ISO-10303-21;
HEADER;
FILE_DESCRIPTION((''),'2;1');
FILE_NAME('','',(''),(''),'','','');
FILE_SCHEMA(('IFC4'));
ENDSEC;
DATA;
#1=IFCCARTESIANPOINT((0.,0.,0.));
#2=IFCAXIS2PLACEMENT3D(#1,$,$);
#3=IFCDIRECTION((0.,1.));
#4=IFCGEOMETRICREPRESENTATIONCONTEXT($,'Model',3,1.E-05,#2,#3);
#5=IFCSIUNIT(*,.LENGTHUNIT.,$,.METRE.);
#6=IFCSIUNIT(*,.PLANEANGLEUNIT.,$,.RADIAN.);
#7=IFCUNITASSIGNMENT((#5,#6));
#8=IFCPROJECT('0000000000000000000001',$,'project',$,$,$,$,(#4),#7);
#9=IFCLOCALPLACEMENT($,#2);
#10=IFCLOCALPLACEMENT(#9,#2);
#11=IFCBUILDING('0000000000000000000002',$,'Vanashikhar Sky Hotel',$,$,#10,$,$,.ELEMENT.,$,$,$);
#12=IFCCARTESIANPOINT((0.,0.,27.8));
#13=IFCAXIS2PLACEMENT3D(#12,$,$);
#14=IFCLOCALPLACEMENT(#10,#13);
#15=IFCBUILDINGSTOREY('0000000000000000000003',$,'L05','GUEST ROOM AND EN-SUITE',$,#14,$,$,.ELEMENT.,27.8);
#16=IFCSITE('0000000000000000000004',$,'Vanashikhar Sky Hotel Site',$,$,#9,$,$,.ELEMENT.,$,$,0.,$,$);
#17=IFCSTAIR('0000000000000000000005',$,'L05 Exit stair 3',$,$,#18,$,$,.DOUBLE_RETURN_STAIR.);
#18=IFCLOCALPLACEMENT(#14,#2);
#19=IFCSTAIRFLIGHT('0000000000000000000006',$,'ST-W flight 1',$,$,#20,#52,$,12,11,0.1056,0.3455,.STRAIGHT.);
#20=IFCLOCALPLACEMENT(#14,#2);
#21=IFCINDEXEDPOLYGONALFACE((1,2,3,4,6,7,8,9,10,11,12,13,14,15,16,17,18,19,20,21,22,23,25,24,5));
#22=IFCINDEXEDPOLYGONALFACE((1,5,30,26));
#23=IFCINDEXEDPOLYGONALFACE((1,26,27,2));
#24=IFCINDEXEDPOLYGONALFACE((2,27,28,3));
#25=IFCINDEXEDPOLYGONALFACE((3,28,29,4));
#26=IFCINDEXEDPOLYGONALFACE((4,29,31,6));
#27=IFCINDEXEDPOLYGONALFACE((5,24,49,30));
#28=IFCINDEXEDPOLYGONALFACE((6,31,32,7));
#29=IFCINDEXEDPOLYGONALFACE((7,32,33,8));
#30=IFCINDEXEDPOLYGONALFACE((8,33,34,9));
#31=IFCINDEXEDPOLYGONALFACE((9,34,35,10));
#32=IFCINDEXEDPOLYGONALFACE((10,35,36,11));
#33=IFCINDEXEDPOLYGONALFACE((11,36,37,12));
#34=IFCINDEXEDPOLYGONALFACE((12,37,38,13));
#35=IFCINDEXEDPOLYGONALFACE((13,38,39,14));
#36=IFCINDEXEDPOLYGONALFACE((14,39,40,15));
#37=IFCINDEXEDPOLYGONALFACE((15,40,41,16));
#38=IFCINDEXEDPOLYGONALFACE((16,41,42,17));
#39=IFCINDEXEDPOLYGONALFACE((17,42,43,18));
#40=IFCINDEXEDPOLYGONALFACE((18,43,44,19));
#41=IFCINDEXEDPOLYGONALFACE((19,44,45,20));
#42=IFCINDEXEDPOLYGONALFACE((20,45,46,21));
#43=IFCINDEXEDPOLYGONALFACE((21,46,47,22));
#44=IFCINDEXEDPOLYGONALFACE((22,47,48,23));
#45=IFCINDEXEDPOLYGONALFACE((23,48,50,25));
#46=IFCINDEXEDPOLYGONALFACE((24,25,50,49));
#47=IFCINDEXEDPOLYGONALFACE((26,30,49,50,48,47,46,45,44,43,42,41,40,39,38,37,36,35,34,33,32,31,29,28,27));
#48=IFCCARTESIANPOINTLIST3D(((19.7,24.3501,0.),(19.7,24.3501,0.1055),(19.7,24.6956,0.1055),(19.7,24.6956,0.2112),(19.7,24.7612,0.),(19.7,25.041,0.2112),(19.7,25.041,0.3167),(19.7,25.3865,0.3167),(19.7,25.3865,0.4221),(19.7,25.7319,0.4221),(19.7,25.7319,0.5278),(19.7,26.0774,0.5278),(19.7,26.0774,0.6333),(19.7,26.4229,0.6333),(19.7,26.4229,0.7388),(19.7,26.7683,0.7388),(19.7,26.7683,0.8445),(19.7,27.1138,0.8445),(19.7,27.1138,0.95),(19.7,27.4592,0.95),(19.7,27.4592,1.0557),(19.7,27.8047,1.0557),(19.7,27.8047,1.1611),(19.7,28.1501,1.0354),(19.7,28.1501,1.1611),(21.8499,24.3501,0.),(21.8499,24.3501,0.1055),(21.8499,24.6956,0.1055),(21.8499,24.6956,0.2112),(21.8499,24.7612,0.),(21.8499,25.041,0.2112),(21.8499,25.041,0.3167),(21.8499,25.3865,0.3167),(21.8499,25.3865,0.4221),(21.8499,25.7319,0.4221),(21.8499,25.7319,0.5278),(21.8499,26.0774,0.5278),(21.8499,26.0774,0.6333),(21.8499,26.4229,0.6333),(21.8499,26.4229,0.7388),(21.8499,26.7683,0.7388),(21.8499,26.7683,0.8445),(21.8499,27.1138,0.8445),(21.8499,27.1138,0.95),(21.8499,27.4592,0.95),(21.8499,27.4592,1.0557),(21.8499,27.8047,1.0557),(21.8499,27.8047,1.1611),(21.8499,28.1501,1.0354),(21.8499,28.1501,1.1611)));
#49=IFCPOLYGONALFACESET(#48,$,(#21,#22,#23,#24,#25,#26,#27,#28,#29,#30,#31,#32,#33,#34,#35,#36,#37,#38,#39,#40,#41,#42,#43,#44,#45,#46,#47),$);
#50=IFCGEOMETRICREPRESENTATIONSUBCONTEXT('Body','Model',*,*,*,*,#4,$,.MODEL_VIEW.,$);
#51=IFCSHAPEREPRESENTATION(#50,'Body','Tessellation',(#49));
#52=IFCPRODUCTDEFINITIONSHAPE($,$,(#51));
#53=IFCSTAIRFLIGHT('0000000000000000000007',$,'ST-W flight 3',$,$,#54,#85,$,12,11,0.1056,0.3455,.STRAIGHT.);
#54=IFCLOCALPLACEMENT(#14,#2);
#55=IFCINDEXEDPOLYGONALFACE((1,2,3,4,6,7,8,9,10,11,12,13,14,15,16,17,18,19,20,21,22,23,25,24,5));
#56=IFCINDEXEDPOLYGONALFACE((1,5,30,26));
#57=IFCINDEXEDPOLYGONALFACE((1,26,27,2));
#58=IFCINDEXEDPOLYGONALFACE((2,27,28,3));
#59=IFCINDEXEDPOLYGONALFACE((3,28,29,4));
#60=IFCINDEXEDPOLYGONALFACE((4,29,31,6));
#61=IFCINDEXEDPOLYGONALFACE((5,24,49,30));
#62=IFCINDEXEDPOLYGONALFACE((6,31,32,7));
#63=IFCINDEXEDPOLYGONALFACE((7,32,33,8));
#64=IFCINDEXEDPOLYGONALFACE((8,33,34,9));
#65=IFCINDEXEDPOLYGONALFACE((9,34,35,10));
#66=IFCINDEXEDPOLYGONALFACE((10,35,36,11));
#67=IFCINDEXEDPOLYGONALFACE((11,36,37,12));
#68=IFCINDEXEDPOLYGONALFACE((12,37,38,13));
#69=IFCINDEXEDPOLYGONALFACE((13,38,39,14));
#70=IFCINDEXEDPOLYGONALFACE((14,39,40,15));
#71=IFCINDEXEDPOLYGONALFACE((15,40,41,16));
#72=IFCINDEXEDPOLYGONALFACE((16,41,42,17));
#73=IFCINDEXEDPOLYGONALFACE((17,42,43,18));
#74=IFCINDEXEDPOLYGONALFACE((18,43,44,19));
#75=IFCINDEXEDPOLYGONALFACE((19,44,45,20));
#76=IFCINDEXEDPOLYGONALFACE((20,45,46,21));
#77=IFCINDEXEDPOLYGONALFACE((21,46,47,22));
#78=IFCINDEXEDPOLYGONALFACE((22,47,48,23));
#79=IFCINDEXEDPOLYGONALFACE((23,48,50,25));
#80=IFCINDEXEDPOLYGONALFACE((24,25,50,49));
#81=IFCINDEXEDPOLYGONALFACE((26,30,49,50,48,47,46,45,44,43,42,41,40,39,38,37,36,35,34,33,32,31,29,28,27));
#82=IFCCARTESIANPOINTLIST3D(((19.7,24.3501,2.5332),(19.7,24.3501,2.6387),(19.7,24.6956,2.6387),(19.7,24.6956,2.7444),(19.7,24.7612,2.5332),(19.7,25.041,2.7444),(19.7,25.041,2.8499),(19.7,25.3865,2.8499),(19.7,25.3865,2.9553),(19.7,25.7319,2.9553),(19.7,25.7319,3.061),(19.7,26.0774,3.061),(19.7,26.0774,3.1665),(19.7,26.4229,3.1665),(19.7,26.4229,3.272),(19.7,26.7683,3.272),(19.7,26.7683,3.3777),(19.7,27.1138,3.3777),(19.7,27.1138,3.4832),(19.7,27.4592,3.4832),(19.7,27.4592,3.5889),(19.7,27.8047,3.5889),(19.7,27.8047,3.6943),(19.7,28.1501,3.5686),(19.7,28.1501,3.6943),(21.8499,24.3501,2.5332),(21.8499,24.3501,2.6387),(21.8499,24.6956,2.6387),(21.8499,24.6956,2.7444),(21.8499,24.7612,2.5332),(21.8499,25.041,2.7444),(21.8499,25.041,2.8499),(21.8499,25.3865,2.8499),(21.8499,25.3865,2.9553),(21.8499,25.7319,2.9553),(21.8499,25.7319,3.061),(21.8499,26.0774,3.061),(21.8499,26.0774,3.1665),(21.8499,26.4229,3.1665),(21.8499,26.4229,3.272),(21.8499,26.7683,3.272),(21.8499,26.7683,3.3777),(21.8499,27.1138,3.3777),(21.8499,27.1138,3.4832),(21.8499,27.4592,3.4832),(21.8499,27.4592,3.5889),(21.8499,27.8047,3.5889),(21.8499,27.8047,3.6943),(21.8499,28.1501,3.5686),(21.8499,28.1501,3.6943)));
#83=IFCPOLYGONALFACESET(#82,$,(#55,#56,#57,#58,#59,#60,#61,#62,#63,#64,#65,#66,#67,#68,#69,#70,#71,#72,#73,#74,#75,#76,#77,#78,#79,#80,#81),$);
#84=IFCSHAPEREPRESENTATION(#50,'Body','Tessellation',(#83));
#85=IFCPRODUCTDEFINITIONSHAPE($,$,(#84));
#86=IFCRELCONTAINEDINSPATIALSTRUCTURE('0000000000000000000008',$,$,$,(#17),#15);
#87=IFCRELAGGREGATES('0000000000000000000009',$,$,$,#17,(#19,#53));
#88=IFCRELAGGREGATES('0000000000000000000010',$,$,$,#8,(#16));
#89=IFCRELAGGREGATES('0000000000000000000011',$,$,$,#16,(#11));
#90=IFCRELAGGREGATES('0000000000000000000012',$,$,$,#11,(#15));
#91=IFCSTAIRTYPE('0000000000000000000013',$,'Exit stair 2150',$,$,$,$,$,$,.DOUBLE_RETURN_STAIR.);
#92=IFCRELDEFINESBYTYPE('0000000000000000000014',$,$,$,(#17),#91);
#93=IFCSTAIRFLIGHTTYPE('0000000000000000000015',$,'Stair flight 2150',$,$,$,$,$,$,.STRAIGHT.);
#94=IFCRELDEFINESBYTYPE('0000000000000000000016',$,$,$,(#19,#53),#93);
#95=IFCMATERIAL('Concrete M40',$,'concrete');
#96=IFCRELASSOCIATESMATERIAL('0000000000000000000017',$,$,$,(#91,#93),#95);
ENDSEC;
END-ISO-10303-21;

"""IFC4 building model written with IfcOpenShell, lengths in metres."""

from ifc_helpers import new_model, si_unit, direction, frame, origin, place, context, subcontext, project, spatial, polyline, outline, extrude, source, transform, mapped, material, type_object, element, aggregate, save


model = new_model("IFC4")

# Units and contexts
model_context = context("Model", 3, precision=1e-05, world=origin(), true_north=direction((0.0, 1.0)))
body_context = subcontext(model_context, "Body", "Model", "MODEL_VIEW")
ifc_project = project(units=[si_unit("LENGTHUNIT", "METRE"), si_unit("PLANEANGLEUNIT", "RADIAN")], contexts=[model_context])

# Site, building, storey
site_placement = place(None, origin())
site = spatial("IfcSite", under=ifc_project, at=site_placement, Name="Vanashikhar Sky Hotel Site", CompositionType="ELEMENT", RefElevation=0.0)
building_placement = place(site_placement, origin())
building = spatial("IfcBuilding", under=site, at=building_placement, Name="Vanashikhar Sky Hotel", CompositionType="ELEMENT")
storey_placement = place(building_placement, frame((0.0, 0.0, 27.8)))
storey = spatial("IfcBuildingStorey", under=building, at=storey_placement, Name="L05", Description="GUEST ROOM AND EN-SUITE", CompositionType="ELEMENT", Elevation=27.8)

# Shared definitions
ifc_material_1 = material(Name="Concrete M40", Category="concrete")
stair_type = type_object("IfcStairType", Name="Exit stair 2150", PredefinedType="DOUBLE_RETURN_STAIR", material=ifc_material_1)
stair_flight_type = type_object("IfcStairFlightType", Name="Stair flight 2150", PredefinedType="STRAIGHT", material=ifc_material_1)
shared_shape_1 = source(origin(), body_context, "Body", "SweptSolid", [
    extrude(outline(polyline([(0.0, 0.0), (0.0, 0.1055), (0.3455, 0.1055), (0.3455, 0.2112), (0.6909, 0.2112), (0.6909, 0.3167), (1.0364, 0.3167), (1.0364, 0.4221), (1.3818, 0.4221), (1.3818, 0.5278), (1.7273, 0.5278), (1.7273, 0.6333), (2.0728, 0.6333), (2.0728, 0.7388), (2.4182, 0.7388), (2.4182, 0.8445), (2.7637, 0.8445), (2.7637, 0.95), (3.1091, 0.95), (3.1091, 1.0557), (3.4546, 1.0557), (3.4546, 1.1611), (3.8, 1.1611), (3.8, 1.2666), (3.8, 1.0354), (0.4111, 0.0), (0.0, 0.0)])), frame((0.0, 1.075, 0.0), z_axis=(0.0, -1.0, 0.0), x_axis=(1.0, 0.0, 0.0)), (0.0, 0.0, 1.0), 2.1499),
])

# Stair, stair flights
stair_1_placement = place(storey_placement, origin())
stair_1 = element("IfcStair", 1, at=stair_1_placement, inside=storey, type_object=stair_type, Name="L05 Exit stair 3", PredefinedType="DOUBLE_RETURN_STAIR")
stair_flight_1_placement = place(storey_placement, frame((20.7749, 24.3501, 0.0), z_axis=(0.0, 0.0, 1.0), x_axis=(0.0, 1.0, 0.0)))
stair_flight_1 = element("IfcStairFlight", 2, at=stair_flight_1_placement, type_object=stair_flight_type, Name="ST-W flight 1", NumberOfRisers=12, NumberOfTreads=11, PredefinedType="STRAIGHT", RiserHeight=0.1056, TreadLength=0.3455, context=body_context, shape_type="MappedRepresentation", body=[
    mapped(shared_shape_1, transform((0.0, 0.0, 0.0), scale=1.0)),
])
stair_flight_2_placement = place(storey_placement, frame((20.7749, 24.3501, 2.5332), z_axis=(0.0, 0.0, 1.0), x_axis=(0.0, 1.0, 0.0)))
stair_flight_2 = element("IfcStairFlight", 3, at=stair_flight_2_placement, type_object=stair_flight_type, Name="ST-W flight 3", NumberOfRisers=12, NumberOfTreads=11, PredefinedType="STRAIGHT", RiserHeight=0.1056, TreadLength=0.3455, context=body_context, shape_type="MappedRepresentation", body=[
    mapped(shared_shape_1, transform((0.0, 0.0, 0.0), scale=1.0)),
])
aggregate(stair_1, [stair_flight_1, stair_flight_2])

save(model, "model.ifc")
